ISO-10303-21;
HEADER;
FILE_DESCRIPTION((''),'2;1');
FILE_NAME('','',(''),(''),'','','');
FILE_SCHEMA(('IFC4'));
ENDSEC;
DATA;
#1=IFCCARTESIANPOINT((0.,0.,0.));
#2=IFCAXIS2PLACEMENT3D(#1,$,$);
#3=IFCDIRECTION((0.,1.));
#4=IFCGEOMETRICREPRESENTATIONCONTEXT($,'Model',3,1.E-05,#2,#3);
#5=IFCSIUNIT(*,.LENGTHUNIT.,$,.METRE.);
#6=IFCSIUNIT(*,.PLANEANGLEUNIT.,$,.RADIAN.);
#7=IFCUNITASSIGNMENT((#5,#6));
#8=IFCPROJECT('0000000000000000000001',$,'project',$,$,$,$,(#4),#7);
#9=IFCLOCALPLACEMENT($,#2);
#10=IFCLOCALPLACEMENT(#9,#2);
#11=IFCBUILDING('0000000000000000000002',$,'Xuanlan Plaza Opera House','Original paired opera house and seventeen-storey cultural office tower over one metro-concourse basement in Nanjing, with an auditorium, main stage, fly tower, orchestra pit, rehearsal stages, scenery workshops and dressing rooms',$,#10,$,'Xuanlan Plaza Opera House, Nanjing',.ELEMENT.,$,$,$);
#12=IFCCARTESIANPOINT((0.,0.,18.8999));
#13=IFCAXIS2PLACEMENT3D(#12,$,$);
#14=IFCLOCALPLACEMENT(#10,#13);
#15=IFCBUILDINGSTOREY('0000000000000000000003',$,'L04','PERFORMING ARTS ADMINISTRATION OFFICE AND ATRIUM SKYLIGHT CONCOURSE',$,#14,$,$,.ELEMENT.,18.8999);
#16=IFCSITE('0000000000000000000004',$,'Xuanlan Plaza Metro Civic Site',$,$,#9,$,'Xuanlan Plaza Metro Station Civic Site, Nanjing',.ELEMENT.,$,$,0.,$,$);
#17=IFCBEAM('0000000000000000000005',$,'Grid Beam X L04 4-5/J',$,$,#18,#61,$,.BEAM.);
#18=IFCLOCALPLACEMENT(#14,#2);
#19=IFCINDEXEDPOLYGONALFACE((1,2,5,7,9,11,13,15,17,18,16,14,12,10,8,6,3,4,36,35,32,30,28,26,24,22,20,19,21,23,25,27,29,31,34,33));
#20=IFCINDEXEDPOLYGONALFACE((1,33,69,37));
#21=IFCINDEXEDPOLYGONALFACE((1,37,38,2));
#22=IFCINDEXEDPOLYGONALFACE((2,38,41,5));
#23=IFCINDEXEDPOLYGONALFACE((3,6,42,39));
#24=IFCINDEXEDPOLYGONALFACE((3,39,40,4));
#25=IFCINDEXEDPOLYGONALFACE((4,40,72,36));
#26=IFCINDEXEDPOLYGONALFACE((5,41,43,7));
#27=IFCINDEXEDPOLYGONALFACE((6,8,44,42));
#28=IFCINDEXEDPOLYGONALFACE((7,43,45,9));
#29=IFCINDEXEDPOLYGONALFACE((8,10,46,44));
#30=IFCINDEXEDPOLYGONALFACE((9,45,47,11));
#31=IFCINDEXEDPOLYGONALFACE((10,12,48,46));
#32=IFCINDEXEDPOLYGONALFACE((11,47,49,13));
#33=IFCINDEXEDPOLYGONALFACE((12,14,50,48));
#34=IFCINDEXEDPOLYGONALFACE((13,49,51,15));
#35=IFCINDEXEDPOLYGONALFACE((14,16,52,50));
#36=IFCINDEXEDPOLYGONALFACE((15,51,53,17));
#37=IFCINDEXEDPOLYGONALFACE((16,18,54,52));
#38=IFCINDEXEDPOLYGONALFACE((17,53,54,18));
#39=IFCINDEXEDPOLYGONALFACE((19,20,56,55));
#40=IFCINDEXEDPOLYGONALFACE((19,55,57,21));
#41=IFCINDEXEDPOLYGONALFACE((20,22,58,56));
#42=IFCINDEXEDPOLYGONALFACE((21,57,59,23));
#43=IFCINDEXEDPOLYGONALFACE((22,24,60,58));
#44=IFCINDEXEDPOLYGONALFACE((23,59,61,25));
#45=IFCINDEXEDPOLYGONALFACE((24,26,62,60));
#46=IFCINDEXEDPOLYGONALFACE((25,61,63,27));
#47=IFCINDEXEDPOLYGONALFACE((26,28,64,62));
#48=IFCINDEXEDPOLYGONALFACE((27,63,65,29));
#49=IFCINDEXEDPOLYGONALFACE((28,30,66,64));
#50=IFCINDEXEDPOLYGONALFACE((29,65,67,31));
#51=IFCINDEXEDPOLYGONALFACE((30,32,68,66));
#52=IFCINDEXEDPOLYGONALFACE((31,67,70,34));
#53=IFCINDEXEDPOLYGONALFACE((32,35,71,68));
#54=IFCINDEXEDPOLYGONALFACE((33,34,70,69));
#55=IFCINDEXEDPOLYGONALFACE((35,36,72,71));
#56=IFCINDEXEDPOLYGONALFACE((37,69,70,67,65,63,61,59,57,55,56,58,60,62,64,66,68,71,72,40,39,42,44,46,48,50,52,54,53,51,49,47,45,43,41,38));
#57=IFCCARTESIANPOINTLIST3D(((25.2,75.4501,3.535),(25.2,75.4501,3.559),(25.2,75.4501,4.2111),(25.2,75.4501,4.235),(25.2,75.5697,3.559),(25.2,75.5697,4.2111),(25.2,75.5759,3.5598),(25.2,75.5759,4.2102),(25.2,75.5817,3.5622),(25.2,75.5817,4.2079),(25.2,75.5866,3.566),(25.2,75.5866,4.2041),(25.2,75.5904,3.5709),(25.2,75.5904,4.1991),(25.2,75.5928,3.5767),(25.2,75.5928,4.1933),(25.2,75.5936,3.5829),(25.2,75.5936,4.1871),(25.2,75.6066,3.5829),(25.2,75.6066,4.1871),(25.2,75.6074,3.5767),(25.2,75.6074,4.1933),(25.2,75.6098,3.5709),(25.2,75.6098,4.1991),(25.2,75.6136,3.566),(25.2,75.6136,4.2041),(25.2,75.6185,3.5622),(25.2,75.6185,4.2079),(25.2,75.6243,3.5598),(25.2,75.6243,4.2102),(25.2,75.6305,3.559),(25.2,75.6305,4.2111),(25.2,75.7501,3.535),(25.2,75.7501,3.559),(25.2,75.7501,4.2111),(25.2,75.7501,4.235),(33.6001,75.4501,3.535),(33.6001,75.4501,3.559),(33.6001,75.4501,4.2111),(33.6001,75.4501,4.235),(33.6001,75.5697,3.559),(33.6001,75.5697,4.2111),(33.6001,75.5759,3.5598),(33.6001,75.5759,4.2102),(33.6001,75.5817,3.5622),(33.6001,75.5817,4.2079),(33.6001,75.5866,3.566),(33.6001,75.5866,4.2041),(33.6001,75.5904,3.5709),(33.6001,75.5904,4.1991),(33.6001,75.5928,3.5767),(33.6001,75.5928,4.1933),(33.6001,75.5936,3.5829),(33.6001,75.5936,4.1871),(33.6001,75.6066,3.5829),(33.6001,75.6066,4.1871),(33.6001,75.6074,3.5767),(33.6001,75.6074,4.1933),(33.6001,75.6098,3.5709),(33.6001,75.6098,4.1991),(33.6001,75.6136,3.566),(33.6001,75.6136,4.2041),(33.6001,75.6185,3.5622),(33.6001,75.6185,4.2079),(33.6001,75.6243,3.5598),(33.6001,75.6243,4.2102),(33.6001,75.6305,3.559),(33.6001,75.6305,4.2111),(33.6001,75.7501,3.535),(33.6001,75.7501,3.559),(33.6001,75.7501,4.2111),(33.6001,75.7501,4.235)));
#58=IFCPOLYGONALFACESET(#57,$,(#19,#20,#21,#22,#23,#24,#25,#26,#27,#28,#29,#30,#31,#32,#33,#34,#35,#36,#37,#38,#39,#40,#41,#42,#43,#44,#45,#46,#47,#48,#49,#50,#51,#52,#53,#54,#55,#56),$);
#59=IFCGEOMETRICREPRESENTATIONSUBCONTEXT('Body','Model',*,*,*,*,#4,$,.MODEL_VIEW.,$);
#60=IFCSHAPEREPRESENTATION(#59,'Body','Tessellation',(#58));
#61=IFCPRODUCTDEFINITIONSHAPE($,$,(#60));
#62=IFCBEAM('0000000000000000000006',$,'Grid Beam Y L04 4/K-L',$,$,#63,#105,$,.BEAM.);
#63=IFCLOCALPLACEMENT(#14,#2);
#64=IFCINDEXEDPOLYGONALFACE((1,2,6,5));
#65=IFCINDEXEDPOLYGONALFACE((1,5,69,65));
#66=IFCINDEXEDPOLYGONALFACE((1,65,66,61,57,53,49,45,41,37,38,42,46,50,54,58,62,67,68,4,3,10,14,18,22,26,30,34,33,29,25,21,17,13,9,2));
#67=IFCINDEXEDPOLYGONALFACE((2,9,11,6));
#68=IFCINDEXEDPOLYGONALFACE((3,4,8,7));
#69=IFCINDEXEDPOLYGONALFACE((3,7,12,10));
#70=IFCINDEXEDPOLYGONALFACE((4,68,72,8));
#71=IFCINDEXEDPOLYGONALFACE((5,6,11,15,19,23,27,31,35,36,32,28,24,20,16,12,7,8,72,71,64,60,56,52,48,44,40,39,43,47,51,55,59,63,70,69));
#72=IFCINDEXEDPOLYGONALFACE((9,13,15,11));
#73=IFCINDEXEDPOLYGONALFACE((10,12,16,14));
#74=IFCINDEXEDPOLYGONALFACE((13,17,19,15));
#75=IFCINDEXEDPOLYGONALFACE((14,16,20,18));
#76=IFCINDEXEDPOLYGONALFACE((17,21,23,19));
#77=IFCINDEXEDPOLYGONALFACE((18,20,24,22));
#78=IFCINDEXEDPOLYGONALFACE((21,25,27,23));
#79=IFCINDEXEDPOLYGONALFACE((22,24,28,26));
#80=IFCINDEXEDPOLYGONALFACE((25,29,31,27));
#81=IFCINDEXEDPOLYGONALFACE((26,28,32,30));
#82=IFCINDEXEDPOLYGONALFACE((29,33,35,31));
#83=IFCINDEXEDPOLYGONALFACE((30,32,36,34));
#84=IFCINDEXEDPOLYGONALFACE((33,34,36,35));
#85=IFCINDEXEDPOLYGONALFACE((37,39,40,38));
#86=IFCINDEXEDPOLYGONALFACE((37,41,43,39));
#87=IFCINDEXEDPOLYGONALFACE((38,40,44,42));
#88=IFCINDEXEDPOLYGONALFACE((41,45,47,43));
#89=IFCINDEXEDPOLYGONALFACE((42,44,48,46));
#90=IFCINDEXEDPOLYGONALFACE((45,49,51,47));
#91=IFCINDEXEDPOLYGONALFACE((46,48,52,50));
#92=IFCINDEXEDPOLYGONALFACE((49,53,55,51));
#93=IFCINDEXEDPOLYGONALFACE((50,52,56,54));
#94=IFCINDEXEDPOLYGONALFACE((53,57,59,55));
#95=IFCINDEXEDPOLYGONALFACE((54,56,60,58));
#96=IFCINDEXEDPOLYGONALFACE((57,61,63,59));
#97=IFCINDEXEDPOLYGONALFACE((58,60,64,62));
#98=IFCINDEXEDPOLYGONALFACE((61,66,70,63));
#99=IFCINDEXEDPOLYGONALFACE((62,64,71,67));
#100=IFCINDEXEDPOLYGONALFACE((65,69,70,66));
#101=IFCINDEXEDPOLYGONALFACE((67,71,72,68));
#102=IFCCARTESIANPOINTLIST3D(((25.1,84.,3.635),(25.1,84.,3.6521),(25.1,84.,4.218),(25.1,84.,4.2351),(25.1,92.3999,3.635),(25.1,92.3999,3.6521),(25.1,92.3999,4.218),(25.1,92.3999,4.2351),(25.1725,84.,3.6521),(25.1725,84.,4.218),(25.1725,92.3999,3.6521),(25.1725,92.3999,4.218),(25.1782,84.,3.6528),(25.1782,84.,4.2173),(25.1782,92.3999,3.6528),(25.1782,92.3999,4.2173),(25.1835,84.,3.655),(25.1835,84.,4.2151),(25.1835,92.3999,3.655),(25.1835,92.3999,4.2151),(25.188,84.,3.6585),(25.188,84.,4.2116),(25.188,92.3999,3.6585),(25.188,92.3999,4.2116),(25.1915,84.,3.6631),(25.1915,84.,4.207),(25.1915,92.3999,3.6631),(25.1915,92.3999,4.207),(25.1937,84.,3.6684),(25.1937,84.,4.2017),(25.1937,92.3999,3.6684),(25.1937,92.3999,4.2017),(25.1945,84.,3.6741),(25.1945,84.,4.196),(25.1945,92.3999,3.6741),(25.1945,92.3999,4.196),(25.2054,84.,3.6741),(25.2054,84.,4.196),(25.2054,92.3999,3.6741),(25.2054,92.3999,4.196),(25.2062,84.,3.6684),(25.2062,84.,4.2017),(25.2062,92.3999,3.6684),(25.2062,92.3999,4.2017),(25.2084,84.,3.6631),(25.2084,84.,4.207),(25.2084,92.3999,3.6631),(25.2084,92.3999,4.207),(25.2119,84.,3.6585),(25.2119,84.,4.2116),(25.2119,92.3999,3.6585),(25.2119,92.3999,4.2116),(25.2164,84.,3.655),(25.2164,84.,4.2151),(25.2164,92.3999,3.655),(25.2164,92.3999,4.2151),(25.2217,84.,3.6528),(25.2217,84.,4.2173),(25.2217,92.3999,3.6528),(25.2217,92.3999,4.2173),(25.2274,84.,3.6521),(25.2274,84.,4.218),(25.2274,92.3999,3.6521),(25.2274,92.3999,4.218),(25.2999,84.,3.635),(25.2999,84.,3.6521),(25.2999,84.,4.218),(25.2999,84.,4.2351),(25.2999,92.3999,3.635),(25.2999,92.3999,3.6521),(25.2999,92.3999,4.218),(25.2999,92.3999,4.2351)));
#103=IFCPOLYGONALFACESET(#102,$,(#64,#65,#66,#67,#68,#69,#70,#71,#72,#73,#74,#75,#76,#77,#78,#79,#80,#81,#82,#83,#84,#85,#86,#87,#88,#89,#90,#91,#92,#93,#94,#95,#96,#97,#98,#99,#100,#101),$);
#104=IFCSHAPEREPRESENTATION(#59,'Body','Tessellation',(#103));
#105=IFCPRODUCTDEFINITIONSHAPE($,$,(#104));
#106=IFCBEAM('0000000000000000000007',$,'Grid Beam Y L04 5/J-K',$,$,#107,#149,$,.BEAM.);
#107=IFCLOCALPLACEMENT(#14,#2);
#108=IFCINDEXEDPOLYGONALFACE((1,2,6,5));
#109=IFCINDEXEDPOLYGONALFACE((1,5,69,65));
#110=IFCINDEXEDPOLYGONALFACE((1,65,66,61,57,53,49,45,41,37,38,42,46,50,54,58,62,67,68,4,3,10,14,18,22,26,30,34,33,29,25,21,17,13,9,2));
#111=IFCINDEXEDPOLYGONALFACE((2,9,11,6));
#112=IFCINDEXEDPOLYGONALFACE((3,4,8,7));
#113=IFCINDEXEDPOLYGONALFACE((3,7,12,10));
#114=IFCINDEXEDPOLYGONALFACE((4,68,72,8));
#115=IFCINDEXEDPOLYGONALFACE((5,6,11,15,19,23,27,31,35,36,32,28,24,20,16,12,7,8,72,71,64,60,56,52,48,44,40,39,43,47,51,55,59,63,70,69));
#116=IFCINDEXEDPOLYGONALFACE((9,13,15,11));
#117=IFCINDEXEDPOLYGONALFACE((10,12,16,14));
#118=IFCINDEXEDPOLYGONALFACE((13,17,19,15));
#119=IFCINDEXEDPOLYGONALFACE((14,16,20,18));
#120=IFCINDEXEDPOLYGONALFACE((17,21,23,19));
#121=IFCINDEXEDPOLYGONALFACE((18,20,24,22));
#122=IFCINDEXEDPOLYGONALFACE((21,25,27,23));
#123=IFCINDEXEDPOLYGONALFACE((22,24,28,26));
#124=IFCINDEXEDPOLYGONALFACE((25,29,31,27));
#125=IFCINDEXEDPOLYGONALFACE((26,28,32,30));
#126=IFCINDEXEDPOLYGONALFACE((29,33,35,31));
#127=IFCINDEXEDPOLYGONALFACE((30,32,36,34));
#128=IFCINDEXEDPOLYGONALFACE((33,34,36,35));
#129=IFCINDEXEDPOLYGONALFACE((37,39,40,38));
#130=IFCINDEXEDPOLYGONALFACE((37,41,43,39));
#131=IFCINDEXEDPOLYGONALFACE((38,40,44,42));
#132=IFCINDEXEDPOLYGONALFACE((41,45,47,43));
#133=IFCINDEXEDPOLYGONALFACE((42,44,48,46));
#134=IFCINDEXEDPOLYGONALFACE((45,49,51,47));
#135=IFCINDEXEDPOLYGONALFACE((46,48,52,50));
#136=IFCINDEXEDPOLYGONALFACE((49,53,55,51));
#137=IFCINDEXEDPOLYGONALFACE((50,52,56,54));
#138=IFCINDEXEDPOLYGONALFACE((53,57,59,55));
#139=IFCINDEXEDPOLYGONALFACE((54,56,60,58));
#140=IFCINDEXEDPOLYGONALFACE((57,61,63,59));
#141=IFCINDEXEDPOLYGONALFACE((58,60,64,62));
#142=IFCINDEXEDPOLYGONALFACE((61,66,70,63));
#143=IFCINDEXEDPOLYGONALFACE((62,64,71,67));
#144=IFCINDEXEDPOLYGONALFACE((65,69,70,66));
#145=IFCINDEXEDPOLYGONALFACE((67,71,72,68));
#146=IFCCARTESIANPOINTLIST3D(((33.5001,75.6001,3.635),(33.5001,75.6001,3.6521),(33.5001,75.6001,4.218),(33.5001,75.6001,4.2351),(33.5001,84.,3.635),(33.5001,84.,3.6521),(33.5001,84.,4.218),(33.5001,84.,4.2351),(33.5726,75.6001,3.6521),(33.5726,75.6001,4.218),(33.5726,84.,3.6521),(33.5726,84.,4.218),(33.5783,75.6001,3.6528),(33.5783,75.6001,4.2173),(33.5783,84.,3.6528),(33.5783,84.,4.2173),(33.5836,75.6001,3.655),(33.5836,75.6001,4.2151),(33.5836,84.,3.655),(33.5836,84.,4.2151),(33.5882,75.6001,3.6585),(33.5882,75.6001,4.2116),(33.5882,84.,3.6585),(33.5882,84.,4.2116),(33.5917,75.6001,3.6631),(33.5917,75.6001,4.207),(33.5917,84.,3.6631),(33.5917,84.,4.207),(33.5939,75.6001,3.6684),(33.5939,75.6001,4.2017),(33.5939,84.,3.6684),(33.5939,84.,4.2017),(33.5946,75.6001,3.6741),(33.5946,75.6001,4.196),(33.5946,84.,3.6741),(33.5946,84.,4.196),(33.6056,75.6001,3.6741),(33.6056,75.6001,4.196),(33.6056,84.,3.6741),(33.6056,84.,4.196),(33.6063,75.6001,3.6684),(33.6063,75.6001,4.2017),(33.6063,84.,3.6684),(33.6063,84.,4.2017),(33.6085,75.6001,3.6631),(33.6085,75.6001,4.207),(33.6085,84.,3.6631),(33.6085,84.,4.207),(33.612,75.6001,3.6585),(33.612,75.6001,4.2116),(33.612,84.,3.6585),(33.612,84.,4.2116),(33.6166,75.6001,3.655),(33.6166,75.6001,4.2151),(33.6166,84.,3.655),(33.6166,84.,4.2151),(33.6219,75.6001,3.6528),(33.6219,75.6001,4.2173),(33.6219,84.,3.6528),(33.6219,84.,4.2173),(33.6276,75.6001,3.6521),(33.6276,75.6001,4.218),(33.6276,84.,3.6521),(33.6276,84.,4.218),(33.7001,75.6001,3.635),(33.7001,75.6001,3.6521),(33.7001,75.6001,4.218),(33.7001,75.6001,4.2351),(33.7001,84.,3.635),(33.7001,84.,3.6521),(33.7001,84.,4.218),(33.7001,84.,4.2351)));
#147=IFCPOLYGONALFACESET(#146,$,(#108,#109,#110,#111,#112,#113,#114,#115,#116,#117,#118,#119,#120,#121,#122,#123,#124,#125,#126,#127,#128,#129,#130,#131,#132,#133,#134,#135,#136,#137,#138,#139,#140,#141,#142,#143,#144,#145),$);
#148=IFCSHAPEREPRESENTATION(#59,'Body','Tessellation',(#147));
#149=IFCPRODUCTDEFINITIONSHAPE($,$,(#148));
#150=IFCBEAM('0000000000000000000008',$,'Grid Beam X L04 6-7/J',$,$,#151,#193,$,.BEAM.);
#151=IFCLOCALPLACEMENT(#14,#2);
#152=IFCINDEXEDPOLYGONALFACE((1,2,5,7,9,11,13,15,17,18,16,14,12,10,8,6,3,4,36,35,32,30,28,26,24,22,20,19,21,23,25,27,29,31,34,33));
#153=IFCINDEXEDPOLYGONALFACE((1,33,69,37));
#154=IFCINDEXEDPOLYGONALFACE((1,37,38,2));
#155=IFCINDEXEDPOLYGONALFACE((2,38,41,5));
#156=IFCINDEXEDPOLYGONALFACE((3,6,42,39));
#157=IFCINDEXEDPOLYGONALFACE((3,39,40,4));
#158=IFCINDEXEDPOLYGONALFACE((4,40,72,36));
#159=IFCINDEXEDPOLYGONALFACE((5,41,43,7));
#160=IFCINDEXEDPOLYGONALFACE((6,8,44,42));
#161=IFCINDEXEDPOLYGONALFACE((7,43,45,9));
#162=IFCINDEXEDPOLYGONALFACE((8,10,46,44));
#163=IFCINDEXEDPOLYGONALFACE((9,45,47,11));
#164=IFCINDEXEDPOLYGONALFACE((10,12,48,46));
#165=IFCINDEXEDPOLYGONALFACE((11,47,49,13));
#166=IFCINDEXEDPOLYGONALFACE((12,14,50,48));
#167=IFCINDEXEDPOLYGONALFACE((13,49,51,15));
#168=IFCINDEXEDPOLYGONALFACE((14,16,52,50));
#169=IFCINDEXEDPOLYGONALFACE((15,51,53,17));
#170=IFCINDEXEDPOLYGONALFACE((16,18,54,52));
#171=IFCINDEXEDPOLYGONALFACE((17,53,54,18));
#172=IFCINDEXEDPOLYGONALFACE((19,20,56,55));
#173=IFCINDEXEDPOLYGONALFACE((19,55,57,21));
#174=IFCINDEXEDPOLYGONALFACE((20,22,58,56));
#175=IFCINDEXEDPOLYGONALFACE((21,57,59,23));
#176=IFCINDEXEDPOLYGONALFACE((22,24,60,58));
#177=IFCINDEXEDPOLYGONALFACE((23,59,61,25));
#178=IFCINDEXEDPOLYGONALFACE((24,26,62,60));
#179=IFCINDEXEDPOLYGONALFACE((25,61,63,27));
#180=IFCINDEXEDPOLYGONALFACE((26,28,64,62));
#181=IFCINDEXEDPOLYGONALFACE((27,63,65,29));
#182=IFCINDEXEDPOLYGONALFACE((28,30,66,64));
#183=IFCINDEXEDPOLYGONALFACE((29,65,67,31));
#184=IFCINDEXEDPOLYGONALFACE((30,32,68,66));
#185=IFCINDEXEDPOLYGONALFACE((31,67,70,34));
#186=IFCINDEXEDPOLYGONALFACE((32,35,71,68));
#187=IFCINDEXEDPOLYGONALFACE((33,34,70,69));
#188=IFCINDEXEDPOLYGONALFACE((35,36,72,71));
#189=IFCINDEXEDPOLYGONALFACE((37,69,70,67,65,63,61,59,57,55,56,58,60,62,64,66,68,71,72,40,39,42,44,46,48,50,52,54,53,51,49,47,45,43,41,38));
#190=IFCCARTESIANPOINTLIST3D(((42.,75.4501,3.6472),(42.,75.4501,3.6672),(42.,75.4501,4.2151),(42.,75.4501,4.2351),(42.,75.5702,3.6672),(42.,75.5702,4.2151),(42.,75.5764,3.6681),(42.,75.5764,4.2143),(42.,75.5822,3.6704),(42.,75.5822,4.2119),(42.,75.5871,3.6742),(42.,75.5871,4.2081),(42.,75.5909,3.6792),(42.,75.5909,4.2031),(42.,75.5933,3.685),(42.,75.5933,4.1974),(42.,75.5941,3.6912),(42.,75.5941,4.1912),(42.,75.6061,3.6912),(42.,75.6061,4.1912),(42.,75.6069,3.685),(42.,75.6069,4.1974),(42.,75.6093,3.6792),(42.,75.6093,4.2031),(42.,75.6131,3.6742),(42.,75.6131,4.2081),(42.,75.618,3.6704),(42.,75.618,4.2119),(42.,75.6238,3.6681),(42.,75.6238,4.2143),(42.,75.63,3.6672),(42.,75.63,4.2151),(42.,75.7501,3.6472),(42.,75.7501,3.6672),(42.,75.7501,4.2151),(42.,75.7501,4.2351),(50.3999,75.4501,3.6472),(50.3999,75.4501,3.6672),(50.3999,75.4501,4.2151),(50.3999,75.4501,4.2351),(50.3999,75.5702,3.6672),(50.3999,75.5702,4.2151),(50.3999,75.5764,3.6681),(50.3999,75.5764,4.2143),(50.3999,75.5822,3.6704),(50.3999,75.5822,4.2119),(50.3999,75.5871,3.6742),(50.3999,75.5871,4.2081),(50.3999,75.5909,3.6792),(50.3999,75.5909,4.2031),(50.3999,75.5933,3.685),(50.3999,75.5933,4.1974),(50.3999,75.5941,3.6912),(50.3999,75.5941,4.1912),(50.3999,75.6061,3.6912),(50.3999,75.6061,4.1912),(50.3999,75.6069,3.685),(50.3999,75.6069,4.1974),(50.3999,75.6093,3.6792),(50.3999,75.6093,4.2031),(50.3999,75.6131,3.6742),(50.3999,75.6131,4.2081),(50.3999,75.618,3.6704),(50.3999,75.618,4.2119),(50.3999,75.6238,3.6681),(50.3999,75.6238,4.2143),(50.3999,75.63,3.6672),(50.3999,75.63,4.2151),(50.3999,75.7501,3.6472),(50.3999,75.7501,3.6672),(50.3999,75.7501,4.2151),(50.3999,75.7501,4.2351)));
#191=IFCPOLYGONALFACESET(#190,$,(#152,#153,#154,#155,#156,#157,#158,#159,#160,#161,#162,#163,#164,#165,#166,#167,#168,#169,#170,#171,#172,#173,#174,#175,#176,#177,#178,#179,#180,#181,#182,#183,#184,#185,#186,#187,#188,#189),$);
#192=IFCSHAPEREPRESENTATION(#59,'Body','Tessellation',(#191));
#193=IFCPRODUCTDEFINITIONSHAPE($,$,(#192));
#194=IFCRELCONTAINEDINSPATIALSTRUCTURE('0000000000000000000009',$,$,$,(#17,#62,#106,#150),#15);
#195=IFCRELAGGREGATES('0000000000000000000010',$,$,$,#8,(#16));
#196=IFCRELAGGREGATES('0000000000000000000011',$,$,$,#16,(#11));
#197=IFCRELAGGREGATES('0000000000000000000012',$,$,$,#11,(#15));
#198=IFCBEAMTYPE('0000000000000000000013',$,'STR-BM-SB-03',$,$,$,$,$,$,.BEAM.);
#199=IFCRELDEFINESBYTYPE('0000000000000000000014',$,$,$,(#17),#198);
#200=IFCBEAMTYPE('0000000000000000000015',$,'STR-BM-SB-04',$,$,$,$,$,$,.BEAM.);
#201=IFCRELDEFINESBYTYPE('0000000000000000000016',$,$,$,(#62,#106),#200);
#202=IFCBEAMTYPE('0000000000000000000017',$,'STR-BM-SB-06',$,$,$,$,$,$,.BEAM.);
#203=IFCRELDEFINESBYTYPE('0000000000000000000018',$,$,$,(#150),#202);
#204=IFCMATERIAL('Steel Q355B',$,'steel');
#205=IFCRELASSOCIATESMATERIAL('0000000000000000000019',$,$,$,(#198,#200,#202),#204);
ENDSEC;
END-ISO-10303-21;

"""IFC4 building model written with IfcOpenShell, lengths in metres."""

from ifc_helpers import new_model, si_unit, direction, frame, origin, origin_2d, place, context, subcontext, project, spatial, i_section, extrude, material, material_profile, profile_set, type_object, element, save


model = new_model("IFC4")

# Units and contexts
model_context = context("Model", 3, precision=1e-05, world=origin(), true_north=direction((0.0, 1.0)))
body_context = subcontext(model_context, "Body", "Model", "MODEL_VIEW")
ifc_project = project(units=[si_unit("LENGTHUNIT", "METRE"), si_unit("PLANEANGLEUNIT", "RADIAN")], contexts=[model_context])

# Site, building, storey
site_placement = place(None, origin())
site = spatial("IfcSite", under=ifc_project, at=site_placement, Name="Xuanlan Plaza Metro Civic Site", LongName="Xuanlan Plaza Metro Station Civic Site, Nanjing", CompositionType="ELEMENT", RefElevation=0.0)
building_placement = place(site_placement, origin())
building = spatial("IfcBuilding", under=site, at=building_placement, Name="Xuanlan Plaza Opera House", Description="Original paired opera house and seventeen-storey cultural office tower over one metro-concourse basement in Nanjing, with an auditorium, main stage, fly tower, orchestra pit, rehearsal stages, scenery workshops and dressing rooms", LongName="Xuanlan Plaza Opera House, Nanjing", CompositionType="ELEMENT")
storey_placement = place(building_placement, frame((0.0, 0.0, 18.8999)))
storey = spatial("IfcBuildingStorey", under=building, at=storey_placement, Name="L04", Description="PERFORMING ARTS ADMINISTRATION OFFICE AND ATRIUM SKYLIGHT CONCOURSE", CompositionType="ELEMENT", Elevation=18.8999)

# Beams
ifc_material_1 = material(Name="Steel Q355B", Category="steel")
ifc_material_profile_1 = material_profile(ifc_material_1, i_section(OverallWidth=0.3, OverallDepth=0.7, WebThickness=0.0129, FlangeThickness=0.0239, FilletRadius=0.0239, at=origin_2d()), Name="HN 700x300x13x24")
ifc_profile_set_1 = profile_set([ifc_material_profile_1], Name="Steel Q355B")
beam_type_1 = type_object("IfcBeamType", Name="STR-BM-SB-03", PredefinedType="BEAM", material=ifc_profile_set_1)
beam_1_placement = place(storey_placement, frame((25.2, 75.6001, 3.885), z_axis=(1.0, 0.0, 0.0), x_axis=(0.0, 1.0, 0.0)))
element("IfcBeam", 1, at=beam_1_placement, inside=storey, type_object=beam_type_1, Name="Grid Beam X L04 4-5/J", PredefinedType="BEAM", context=body_context, shape_type="SweptSolid", body=[
    extrude(i_section(OverallWidth=0.3, OverallDepth=0.7, WebThickness=0.0129, FlangeThickness=0.0239, FilletRadius=0.0239, at=origin_2d()), origin(), (0.0, 0.0, 1.0), 8.4001),
])
ifc_material_profile_2 = material_profile(ifc_material_1, i_section(OverallWidth=0.2, OverallDepth=0.6001, WebThickness=0.011, FlangeThickness=0.0171, FilletRadius=0.022, at=origin_2d()), Name="HN 600x200x11x17")
ifc_profile_set_2 = profile_set([ifc_material_profile_2], Name="Steel Q355B")
beam_type_2 = type_object("IfcBeamType", Name="STR-BM-SB-04", PredefinedType="BEAM", material=ifc_profile_set_2)
for number, where, z_axis, x_axis, name in (
    (2, (25.2, 84.0, 3.9351), (0.0, 1.0, 0.0), (-1.0, 0.0, 0.0), "Grid Beam Y L04 4/K-L"),
    (3, (33.6001, 75.6001, 3.9351), (0.0, 1.0, 0.0), (-1.0, 0.0, 0.0), "Grid Beam Y L04 5/J-K"),
):
    element("IfcBeam", number, at=place(storey_placement, frame(where, z_axis=z_axis, x_axis=x_axis)), inside=storey, type_object=beam_type_2, Name=name, PredefinedType="BEAM", context=body_context, shape_type="SweptSolid", body=[
        extrude(i_section(OverallWidth=0.2, OverallDepth=0.6001, WebThickness=0.011, FlangeThickness=0.0171, FilletRadius=0.022, at=origin_2d()), origin(), (0.0, 0.0, 1.0), 8.3999),
    ])
ifc_material_profile_3 = material_profile(ifc_material_1, i_section(OverallWidth=0.3, OverallDepth=0.5879, WebThickness=0.012, FlangeThickness=0.02, FilletRadius=0.0239, at=origin_2d()), Name="HM 588x300x12x20")
ifc_profile_set_3 = profile_set([ifc_material_profile_3], Name="Steel Q355B")
beam_type_3 = type_object("IfcBeamType", Name="STR-BM-SB-06", PredefinedType="BEAM", material=ifc_profile_set_3)
for number, where, z_axis, x_axis, name in (
    (4, (42.0, 75.6001, 3.9412), (1.0, 0.0, 0.0), (0.0, 1.0, 0.0), "Grid Beam X L04 6-7/J"),
):
    element("IfcBeam", number, at=place(storey_placement, frame(where, z_axis=z_axis, x_axis=x_axis)), inside=storey, type_object=beam_type_3, Name=name, PredefinedType="BEAM", context=body_context, shape_type="SweptSolid", body=[
        extrude(i_section(OverallWidth=0.3, OverallDepth=0.5879, WebThickness=0.012, FlangeThickness=0.02, FilletRadius=0.0239, at=origin_2d()), origin(), (0.0, 0.0, 1.0), 8.3999),
    ])

save(model, "model.ifc")
